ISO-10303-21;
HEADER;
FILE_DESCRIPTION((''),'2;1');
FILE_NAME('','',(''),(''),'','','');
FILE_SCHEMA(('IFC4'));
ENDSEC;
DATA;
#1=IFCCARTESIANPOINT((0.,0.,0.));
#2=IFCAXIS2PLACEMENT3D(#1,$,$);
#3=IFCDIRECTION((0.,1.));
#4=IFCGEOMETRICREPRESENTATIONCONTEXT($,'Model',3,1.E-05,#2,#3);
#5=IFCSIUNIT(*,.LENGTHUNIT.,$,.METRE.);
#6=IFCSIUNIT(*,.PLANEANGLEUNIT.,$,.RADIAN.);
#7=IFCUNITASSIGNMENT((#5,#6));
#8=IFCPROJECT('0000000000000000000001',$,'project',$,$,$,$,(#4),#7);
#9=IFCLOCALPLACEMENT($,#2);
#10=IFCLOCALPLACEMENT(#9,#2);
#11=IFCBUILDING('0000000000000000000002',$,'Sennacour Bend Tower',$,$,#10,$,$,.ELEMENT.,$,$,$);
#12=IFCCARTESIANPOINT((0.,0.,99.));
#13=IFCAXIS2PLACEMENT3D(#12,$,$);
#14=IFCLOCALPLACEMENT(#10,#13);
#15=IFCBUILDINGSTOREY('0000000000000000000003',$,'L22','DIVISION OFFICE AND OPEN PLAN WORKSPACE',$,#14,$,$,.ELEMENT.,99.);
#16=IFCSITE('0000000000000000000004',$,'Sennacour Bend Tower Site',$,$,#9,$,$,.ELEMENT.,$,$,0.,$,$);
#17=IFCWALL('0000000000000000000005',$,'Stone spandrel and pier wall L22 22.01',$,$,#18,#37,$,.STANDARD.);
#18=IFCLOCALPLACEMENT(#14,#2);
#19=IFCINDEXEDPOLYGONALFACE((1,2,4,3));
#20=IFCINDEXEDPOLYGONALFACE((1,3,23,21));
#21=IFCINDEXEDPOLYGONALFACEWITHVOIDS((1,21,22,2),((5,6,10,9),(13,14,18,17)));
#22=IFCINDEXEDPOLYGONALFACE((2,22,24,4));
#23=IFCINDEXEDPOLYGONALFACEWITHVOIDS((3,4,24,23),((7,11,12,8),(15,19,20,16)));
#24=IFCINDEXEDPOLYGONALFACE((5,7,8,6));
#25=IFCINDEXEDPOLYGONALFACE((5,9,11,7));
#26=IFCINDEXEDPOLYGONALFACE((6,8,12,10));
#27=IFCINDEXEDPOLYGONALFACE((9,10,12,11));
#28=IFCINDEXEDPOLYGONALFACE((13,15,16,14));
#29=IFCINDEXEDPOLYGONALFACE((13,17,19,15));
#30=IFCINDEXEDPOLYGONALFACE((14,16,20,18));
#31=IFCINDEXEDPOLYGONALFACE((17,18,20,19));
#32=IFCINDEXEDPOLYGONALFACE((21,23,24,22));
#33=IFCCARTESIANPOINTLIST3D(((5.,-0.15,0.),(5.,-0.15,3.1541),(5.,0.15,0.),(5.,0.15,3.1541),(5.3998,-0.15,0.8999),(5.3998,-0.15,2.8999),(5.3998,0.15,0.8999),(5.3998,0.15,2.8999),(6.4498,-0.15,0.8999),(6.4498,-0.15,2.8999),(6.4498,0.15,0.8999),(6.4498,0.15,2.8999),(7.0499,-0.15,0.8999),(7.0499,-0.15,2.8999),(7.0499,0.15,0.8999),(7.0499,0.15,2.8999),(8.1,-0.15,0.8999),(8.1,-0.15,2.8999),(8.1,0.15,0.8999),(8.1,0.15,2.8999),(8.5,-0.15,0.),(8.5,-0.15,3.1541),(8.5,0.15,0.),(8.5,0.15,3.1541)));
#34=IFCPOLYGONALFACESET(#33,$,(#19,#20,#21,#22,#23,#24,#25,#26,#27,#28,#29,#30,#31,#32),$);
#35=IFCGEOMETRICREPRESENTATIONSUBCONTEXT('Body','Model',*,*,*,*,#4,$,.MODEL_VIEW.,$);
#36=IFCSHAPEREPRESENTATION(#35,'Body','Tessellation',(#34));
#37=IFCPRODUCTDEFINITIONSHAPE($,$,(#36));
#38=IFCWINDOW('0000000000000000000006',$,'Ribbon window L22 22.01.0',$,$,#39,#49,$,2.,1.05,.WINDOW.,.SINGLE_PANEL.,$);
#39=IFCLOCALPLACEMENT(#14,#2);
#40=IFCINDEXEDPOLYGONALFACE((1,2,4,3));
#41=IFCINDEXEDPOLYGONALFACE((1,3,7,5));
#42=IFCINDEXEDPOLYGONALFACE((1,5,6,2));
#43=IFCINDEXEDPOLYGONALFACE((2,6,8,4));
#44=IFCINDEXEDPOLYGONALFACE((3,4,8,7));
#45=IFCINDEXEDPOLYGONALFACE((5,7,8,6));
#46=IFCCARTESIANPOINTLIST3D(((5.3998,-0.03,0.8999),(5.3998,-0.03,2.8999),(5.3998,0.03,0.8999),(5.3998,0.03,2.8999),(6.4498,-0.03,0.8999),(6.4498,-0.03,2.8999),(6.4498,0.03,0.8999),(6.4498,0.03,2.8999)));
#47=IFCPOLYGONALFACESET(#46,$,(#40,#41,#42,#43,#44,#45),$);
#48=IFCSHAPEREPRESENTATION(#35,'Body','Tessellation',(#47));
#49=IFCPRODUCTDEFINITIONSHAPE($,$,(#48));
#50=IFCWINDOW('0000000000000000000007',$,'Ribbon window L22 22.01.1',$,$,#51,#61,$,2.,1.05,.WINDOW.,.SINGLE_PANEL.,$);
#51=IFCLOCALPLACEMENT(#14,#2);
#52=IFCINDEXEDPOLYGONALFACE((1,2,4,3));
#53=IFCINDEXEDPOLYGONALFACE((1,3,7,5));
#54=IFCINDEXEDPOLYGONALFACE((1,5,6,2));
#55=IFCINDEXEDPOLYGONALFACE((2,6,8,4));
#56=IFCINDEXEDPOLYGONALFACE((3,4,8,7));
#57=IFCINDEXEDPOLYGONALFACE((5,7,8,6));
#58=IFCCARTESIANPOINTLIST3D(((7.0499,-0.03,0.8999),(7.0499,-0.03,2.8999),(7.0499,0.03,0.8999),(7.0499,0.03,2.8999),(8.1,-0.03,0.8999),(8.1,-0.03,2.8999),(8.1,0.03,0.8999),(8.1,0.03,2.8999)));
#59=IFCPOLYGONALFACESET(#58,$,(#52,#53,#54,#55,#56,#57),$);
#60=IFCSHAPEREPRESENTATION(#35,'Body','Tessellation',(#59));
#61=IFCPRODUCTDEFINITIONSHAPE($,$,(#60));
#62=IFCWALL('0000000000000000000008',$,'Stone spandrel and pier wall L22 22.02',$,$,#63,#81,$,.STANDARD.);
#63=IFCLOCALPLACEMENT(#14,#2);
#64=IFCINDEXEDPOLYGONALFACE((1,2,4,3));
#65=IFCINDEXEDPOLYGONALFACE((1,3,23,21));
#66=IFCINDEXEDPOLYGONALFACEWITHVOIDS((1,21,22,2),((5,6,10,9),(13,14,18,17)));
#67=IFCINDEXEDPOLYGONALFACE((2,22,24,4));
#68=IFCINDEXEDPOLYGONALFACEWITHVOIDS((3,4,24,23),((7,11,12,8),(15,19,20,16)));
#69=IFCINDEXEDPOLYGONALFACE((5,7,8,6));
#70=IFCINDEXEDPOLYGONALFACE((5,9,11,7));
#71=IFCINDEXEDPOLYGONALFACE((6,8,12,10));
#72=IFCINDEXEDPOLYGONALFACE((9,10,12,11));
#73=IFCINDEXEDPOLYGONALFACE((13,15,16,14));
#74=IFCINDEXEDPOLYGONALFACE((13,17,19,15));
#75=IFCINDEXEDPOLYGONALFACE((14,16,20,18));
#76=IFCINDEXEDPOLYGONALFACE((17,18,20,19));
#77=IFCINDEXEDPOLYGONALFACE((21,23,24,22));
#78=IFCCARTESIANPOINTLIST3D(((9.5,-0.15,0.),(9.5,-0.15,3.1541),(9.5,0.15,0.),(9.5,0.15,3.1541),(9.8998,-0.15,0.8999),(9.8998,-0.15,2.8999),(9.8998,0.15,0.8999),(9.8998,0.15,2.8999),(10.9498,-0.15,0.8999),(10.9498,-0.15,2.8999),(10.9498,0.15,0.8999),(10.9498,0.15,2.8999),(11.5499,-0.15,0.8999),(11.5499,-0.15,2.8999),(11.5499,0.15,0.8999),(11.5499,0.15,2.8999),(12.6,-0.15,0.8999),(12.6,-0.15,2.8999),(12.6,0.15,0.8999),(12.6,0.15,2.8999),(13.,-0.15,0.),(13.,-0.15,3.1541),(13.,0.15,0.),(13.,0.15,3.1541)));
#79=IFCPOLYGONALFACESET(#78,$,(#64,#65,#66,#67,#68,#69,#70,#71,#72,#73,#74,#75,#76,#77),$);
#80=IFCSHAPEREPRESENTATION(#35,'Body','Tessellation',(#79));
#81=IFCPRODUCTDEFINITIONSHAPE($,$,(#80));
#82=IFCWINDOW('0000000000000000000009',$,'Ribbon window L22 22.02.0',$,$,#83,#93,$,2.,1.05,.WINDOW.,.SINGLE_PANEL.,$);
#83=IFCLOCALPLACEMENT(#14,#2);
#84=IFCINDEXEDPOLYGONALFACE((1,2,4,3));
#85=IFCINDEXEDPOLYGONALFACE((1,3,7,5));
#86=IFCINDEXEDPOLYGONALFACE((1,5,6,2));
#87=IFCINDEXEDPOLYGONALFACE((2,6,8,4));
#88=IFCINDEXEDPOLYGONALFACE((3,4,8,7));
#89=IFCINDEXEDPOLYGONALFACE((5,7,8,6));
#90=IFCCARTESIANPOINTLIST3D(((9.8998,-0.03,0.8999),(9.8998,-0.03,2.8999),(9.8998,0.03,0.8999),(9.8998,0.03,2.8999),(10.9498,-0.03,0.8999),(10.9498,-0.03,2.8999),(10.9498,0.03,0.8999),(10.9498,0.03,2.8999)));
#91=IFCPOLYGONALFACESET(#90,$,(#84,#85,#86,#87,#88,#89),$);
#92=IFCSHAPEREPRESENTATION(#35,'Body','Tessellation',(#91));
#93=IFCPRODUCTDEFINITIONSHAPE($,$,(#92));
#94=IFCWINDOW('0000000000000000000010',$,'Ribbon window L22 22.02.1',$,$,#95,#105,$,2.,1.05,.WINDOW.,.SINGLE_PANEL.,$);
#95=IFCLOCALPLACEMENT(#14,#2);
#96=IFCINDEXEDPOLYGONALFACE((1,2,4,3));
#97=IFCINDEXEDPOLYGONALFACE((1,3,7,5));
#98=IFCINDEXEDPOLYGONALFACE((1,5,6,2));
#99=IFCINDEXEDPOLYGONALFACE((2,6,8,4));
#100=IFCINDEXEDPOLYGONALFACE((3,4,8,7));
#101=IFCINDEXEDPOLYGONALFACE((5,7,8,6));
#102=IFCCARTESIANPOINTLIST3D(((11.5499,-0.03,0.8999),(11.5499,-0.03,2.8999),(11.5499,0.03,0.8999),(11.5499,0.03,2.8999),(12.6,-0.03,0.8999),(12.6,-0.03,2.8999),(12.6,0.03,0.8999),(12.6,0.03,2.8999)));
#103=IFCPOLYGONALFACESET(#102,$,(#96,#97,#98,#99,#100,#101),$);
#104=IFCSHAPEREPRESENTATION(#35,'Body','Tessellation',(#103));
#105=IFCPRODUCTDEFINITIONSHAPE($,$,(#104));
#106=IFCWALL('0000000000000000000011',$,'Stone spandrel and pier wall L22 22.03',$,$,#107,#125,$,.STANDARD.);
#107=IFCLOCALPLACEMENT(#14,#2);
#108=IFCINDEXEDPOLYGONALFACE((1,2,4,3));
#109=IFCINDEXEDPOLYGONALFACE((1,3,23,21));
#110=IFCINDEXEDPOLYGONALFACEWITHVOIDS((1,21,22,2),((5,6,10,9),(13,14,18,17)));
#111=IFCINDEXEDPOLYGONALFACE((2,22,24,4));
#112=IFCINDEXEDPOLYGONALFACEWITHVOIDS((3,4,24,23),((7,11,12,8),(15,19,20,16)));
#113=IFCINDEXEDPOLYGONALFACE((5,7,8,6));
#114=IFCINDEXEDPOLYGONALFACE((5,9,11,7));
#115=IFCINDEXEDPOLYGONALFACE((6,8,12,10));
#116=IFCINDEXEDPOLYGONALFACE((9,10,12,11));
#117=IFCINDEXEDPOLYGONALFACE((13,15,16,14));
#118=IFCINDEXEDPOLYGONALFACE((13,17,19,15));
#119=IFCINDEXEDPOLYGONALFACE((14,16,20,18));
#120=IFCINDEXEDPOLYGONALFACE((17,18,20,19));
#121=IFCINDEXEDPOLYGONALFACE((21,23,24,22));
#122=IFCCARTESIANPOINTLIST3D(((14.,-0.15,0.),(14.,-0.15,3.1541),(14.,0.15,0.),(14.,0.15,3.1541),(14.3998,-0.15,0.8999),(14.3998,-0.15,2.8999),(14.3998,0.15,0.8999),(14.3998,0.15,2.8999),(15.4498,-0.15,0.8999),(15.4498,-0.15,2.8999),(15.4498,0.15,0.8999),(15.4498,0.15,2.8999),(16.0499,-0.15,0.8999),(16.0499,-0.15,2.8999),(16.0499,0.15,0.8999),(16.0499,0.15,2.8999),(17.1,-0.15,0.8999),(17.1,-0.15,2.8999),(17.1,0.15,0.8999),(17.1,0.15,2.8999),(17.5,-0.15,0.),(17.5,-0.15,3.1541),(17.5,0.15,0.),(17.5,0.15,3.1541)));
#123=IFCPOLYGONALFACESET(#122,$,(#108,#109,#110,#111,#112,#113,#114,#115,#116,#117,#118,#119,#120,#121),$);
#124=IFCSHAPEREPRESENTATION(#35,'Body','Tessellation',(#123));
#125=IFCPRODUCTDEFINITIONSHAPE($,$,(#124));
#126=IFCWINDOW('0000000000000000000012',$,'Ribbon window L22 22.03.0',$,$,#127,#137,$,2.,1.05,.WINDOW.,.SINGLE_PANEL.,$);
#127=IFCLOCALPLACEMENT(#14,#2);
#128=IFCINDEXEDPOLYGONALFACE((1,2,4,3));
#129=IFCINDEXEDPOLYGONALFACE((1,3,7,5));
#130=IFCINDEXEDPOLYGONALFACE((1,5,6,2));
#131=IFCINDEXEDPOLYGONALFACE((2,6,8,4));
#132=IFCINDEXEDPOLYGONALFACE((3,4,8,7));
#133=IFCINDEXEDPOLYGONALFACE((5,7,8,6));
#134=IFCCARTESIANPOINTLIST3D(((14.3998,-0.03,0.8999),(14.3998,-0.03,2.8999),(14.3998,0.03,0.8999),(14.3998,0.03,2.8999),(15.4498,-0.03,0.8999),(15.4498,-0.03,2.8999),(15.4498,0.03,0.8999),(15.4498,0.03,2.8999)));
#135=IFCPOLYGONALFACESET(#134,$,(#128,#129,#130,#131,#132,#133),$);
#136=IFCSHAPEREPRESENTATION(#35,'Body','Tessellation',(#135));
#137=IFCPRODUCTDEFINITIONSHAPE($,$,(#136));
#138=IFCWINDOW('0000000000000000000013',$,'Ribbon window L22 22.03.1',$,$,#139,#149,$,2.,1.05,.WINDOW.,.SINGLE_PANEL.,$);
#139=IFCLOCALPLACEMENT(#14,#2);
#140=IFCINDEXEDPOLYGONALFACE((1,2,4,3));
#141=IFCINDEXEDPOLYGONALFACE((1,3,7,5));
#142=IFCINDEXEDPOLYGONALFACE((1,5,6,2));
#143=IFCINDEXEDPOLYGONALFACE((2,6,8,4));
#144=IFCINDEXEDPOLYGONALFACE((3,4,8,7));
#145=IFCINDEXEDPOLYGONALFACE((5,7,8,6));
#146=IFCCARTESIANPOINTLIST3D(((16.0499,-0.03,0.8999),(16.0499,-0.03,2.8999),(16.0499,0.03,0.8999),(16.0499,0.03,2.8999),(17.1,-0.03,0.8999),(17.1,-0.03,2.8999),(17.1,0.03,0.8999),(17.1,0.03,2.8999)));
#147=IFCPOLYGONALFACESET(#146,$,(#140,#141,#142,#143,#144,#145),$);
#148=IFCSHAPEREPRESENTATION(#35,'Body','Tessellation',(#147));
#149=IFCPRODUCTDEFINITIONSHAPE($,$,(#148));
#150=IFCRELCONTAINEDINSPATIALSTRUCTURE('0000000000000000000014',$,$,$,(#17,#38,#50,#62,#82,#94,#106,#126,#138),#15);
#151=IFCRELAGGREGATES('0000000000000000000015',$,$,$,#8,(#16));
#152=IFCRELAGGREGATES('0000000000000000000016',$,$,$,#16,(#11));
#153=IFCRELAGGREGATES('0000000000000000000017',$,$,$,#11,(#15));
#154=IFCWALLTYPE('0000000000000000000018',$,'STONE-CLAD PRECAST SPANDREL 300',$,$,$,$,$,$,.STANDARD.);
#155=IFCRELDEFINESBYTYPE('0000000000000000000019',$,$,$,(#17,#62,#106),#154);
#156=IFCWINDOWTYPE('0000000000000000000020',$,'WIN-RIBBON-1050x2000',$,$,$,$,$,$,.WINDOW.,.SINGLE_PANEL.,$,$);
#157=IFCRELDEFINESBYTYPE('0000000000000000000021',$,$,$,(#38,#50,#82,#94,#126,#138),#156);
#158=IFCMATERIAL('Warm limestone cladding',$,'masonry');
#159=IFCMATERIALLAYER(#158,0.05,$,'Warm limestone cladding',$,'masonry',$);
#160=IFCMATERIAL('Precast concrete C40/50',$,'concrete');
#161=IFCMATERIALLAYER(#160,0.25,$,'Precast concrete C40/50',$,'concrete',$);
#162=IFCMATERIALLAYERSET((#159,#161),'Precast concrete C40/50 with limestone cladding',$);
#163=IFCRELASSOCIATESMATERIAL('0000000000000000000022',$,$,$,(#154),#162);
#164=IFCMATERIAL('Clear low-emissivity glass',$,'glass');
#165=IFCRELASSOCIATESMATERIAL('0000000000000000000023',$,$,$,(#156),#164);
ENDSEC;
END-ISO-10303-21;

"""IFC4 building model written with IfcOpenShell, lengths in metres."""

from ifc_helpers import new_model, si_unit, direction, frame, frame_2d, origin, place, context, subcontext, project, spatial, rectangle, extrude, material, layer, layer_set, type_object, element, fill, save


model = new_model("IFC4")

# Units and contexts
model_context = context("Model", 3, precision=1e-05, world=origin(), true_north=direction((0.0, 1.0)))
body_context = subcontext(model_context, "Body", "Model", "MODEL_VIEW")
ifc_project = project(units=[si_unit("LENGTHUNIT", "METRE"), si_unit("PLANEANGLEUNIT", "RADIAN")], contexts=[model_context])

# Site, building, storey
site_placement = place(None, origin())
site = spatial("IfcSite", under=ifc_project, at=site_placement, Name="Sennacour Bend Tower Site", CompositionType="ELEMENT", RefElevation=0.0)
building_placement = place(site_placement, origin())
building = spatial("IfcBuilding", under=site, at=building_placement, Name="Sennacour Bend Tower", CompositionType="ELEMENT")
storey_placement = place(building_placement, frame((0.0, 0.0, 99.0)))
storey = spatial("IfcBuildingStorey", under=building, at=storey_placement, Name="L22", Description="DIVISION OFFICE AND OPEN PLAN WORKSPACE", CompositionType="ELEMENT", Elevation=99.0)

# Walls, openings, windows
ifc_material_1 = material(Name="Warm limestone cladding", Category="masonry")
ifc_layer_1 = layer(ifc_material_1, 0.05, Name="Warm limestone cladding", Category="masonry")
ifc_material_2 = material(Name="Precast concrete C40/50", Category="concrete")
ifc_layer_2 = layer(ifc_material_2, 0.25, Name="Precast concrete C40/50", Category="concrete")
ifc_layer_set_1 = layer_set([ifc_layer_1, ifc_layer_2], Name="Precast concrete C40/50 with limestone cladding")
wall_type_1 = type_object("IfcWallType", Name="STONE-CLAD PRECAST SPANDREL 300", PredefinedType="STANDARD", material=ifc_layer_set_1)
wall_1_placement = place(storey_placement, frame((5.0, 0.0, 0.0), z_axis=(0.0, 0.0, 1.0), x_axis=(1.0, 0.0, 0.0)))
wall_1 = element("IfcWall", 1, at=wall_1_placement, inside=storey, type_object=wall_type_1, Name="Stone spandrel and pier wall L22 22.01", PredefinedType="STANDARD", context=body_context, shape_type="SweptSolid", body=[
    extrude(rectangle(XDim=3.5, YDim=0.3, at=frame_2d((1.75, 0.0))), origin(), (0.0, 0.0, 1.0), 3.1541),
])
opening_1_placement = place(wall_1_placement, frame((0.3999, 0.0, 0.8999)))
opening_1 = element("IfcOpeningElement", 2, at=opening_1_placement, cuts=wall_1, PredefinedType="OPENING", context=body_context, shape_type="SweptSolid", body=[
    extrude(rectangle(XDim=1.05, YDim=2.0, at=frame_2d((0.5249, 1.0))), frame((0.0, 0.1602, 0.0), z_axis=(0.0, -1.0, 0.0), x_axis=(1.0, 0.0, 0.0)), (0.0, 0.0, 1.0), 0.3201),
])
opening_2_placement = place(wall_1_placement, frame((2.05, 0.0, 0.8999)))
opening_2 = element("IfcOpeningElement", 3, at=opening_2_placement, cuts=wall_1, PredefinedType="OPENING", context=body_context, shape_type="SweptSolid", body=[
    extrude(rectangle(XDim=1.05, YDim=2.0, at=frame_2d((0.5249, 1.0))), frame((0.0, 0.1602, 0.0), z_axis=(0.0, -1.0, 0.0), x_axis=(1.0, 0.0, 0.0)), (0.0, 0.0, 1.0), 0.3201),
])
ifc_material_3 = material(Name="Clear low-emissivity glass", Category="glass")
window_type = type_object("IfcWindowType", Name="WIN-RIBBON-1050x2000", PartitioningType="SINGLE_PANEL", PredefinedType="WINDOW", material=ifc_material_3)
window_1_placement = place(opening_1_placement, origin())
window_1 = element("IfcWindow", 4, at=window_1_placement, inside=storey, type_object=window_type, Name="Ribbon window L22 22.01.0", OverallHeight=2.0, OverallWidth=1.05, PartitioningType="SINGLE_PANEL", PredefinedType="WINDOW", context=body_context, shape_type="SweptSolid", body=[
    extrude(rectangle(XDim=1.05, YDim=2.0, at=frame_2d((0.5249, 1.0))), frame((0.0, 0.03, 0.0), z_axis=(0.0, -1.0, 0.0), x_axis=(1.0, 0.0, 0.0)), (0.0, 0.0, 1.0), 0.0601),
])
fill(opening_1, window_1)
window_2_placement = place(opening_2_placement, origin())
window_2 = element("IfcWindow", 5, at=window_2_placement, inside=storey, type_object=window_type, Name="Ribbon window L22 22.01.1", OverallHeight=2.0, OverallWidth=1.05, PartitioningType="SINGLE_PANEL", PredefinedType="WINDOW", context=body_context, shape_type="SweptSolid", body=[
    extrude(rectangle(XDim=1.05, YDim=2.0, at=frame_2d((0.5249, 1.0))), frame((0.0, 0.03, 0.0), z_axis=(0.0, -1.0, 0.0), x_axis=(1.0, 0.0, 0.0)), (0.0, 0.0, 1.0), 0.0601),
])
fill(opening_2, window_2)
wall_2_placement = place(storey_placement, frame((9.5, 0.0, 0.0), z_axis=(0.0, 0.0, 1.0), x_axis=(1.0, 0.0, 0.0)))
wall_2 = element("IfcWall", 6, at=wall_2_placement, inside=storey, type_object=wall_type_1, Name="Stone spandrel and pier wall L22 22.02", PredefinedType="STANDARD", context=body_context, shape_type="SweptSolid", body=[
    extrude(rectangle(XDim=3.5, YDim=0.3, at=frame_2d((1.75, 0.0))), origin(), (0.0, 0.0, 1.0), 3.1541),
])
opening_3_placement = place(wall_2_placement, frame((0.3999, 0.0, 0.8999)))
opening_3 = element("IfcOpeningElement", 7, at=opening_3_placement, cuts=wall_2, PredefinedType="OPENING", context=body_context, shape_type="SweptSolid", body=[
    extrude(rectangle(XDim=1.05, YDim=2.0, at=frame_2d((0.5249, 1.0))), frame((0.0, 0.1602, 0.0), z_axis=(0.0, -1.0, 0.0), x_axis=(1.0, 0.0, 0.0)), (0.0, 0.0, 1.0), 0.3201),
])
opening_4_placement = place(wall_2_placement, frame((2.05, 0.0, 0.8999)))
opening_4 = element("IfcOpeningElement", 8, at=opening_4_placement, cuts=wall_2, PredefinedType="OPENING", context=body_context, shape_type="SweptSolid", body=[
    extrude(rectangle(XDim=1.05, YDim=2.0, at=frame_2d((0.5249, 1.0))), frame((0.0, 0.1602, 0.0), z_axis=(0.0, -1.0, 0.0), x_axis=(1.0, 0.0, 0.0)), (0.0, 0.0, 1.0), 0.3201),
])
window_3_placement = place(opening_3_placement, origin())
window_3 = element("IfcWindow", 9, at=window_3_placement, inside=storey, type_object=window_type, Name="Ribbon window L22 22.02.0", OverallHeight=2.0, OverallWidth=1.05, PartitioningType="SINGLE_PANEL", PredefinedType="WINDOW", context=body_context, shape_type="SweptSolid", body=[
    extrude(rectangle(XDim=1.05, YDim=2.0, at=frame_2d((0.5249, 1.0))), frame((0.0, 0.03, 0.0), z_axis=(0.0, -1.0, 0.0), x_axis=(1.0, 0.0, 0.0)), (0.0, 0.0, 1.0), 0.0601),
])
fill(opening_3, window_3)
window_4_placement = place(opening_4_placement, origin())
window_4 = element("IfcWindow", 10, at=window_4_placement, inside=storey, type_object=window_type, Name="Ribbon window L22 22.02.1", OverallHeight=2.0, OverallWidth=1.05, PartitioningType="SINGLE_PANEL", PredefinedType="WINDOW", context=body_context, shape_type="SweptSolid", body=[
    extrude(rectangle(XDim=1.05, YDim=2.0, at=frame_2d((0.5249, 1.0))), frame((0.0, 0.03, 0.0), z_axis=(0.0, -1.0, 0.0), x_axis=(1.0, 0.0, 0.0)), (0.0, 0.0, 1.0), 0.0601),
])
fill(opening_4, window_4)
wall_3_placement = place(storey_placement, frame((14.0, 0.0, 0.0), z_axis=(0.0, 0.0, 1.0), x_axis=(1.0, 0.0, 0.0)))
wall_3 = element("IfcWall", 11, at=wall_3_placement, inside=storey, type_object=wall_type_1, Name="Stone spandrel and pier wall L22 22.03", PredefinedType="STANDARD", context=body_context, shape_type="SweptSolid", body=[
    extrude(rectangle(XDim=3.5, YDim=0.3, at=frame_2d((1.75, 0.0))), origin(), (0.0, 0.0, 1.0), 3.1541),
])
opening_5_placement = place(wall_3_placement, frame((0.3999, 0.0, 0.8999)))
opening_5 = element("IfcOpeningElement", 12, at=opening_5_placement, cuts=wall_3, PredefinedType="OPENING", context=body_context, shape_type="SweptSolid", body=[
    extrude(rectangle(XDim=1.05, YDim=2.0, at=frame_2d((0.5249, 1.0))), frame((0.0, 0.1602, 0.0), z_axis=(0.0, -1.0, 0.0), x_axis=(1.0, 0.0, 0.0)), (0.0, 0.0, 1.0), 0.3201),
])
opening_6_placement = place(wall_3_placement, frame((2.05, 0.0, 0.8999)))
opening_6 = element("IfcOpeningElement", 13, at=opening_6_placement, cuts=wall_3, PredefinedType="OPENING", context=body_context, shape_type="SweptSolid", body=[
    extrude(rectangle(XDim=1.05, YDim=2.0, at=frame_2d((0.5249, 1.0))), frame((0.0, 0.1602, 0.0), z_axis=(0.0, -1.0, 0.0), x_axis=(1.0, 0.0, 0.0)), (0.0, 0.0, 1.0), 0.3201),
])
window_5_placement = place(opening_5_placement, origin())
window_5 = element("IfcWindow", 14, at=window_5_placement, inside=storey, type_object=window_type, Name="Ribbon window L22 22.03.0", OverallHeight=2.0, OverallWidth=1.05, PartitioningType="SINGLE_PANEL", PredefinedType="WINDOW", context=body_context, shape_type="SweptSolid", body=[
    extrude(rectangle(XDim=1.05, YDim=2.0, at=frame_2d((0.5249, 1.0))), frame((0.0, 0.03, 0.0), z_axis=(0.0, -1.0, 0.0), x_axis=(1.0, 0.0, 0.0)), (0.0, 0.0, 1.0), 0.0601),
])
fill(opening_5, window_5)
window_6_placement = place(opening_6_placement, origin())
window_6 = element("IfcWindow", 15, at=window_6_placement, inside=storey, type_object=window_type, Name="Ribbon window L22 22.03.1", OverallHeight=2.0, OverallWidth=1.05, PartitioningType="SINGLE_PANEL", PredefinedType="WINDOW", context=body_context, shape_type="SweptSolid", body=[
    extrude(rectangle(XDim=1.05, YDim=2.0, at=frame_2d((0.5249, 1.0))), frame((0.0, 0.03, 0.0), z_axis=(0.0, -1.0, 0.0), x_axis=(1.0, 0.0, 0.0)), (0.0, 0.0, 1.0), 0.0601),
])
fill(opening_6, window_6)

save(model, "model.ifc")
